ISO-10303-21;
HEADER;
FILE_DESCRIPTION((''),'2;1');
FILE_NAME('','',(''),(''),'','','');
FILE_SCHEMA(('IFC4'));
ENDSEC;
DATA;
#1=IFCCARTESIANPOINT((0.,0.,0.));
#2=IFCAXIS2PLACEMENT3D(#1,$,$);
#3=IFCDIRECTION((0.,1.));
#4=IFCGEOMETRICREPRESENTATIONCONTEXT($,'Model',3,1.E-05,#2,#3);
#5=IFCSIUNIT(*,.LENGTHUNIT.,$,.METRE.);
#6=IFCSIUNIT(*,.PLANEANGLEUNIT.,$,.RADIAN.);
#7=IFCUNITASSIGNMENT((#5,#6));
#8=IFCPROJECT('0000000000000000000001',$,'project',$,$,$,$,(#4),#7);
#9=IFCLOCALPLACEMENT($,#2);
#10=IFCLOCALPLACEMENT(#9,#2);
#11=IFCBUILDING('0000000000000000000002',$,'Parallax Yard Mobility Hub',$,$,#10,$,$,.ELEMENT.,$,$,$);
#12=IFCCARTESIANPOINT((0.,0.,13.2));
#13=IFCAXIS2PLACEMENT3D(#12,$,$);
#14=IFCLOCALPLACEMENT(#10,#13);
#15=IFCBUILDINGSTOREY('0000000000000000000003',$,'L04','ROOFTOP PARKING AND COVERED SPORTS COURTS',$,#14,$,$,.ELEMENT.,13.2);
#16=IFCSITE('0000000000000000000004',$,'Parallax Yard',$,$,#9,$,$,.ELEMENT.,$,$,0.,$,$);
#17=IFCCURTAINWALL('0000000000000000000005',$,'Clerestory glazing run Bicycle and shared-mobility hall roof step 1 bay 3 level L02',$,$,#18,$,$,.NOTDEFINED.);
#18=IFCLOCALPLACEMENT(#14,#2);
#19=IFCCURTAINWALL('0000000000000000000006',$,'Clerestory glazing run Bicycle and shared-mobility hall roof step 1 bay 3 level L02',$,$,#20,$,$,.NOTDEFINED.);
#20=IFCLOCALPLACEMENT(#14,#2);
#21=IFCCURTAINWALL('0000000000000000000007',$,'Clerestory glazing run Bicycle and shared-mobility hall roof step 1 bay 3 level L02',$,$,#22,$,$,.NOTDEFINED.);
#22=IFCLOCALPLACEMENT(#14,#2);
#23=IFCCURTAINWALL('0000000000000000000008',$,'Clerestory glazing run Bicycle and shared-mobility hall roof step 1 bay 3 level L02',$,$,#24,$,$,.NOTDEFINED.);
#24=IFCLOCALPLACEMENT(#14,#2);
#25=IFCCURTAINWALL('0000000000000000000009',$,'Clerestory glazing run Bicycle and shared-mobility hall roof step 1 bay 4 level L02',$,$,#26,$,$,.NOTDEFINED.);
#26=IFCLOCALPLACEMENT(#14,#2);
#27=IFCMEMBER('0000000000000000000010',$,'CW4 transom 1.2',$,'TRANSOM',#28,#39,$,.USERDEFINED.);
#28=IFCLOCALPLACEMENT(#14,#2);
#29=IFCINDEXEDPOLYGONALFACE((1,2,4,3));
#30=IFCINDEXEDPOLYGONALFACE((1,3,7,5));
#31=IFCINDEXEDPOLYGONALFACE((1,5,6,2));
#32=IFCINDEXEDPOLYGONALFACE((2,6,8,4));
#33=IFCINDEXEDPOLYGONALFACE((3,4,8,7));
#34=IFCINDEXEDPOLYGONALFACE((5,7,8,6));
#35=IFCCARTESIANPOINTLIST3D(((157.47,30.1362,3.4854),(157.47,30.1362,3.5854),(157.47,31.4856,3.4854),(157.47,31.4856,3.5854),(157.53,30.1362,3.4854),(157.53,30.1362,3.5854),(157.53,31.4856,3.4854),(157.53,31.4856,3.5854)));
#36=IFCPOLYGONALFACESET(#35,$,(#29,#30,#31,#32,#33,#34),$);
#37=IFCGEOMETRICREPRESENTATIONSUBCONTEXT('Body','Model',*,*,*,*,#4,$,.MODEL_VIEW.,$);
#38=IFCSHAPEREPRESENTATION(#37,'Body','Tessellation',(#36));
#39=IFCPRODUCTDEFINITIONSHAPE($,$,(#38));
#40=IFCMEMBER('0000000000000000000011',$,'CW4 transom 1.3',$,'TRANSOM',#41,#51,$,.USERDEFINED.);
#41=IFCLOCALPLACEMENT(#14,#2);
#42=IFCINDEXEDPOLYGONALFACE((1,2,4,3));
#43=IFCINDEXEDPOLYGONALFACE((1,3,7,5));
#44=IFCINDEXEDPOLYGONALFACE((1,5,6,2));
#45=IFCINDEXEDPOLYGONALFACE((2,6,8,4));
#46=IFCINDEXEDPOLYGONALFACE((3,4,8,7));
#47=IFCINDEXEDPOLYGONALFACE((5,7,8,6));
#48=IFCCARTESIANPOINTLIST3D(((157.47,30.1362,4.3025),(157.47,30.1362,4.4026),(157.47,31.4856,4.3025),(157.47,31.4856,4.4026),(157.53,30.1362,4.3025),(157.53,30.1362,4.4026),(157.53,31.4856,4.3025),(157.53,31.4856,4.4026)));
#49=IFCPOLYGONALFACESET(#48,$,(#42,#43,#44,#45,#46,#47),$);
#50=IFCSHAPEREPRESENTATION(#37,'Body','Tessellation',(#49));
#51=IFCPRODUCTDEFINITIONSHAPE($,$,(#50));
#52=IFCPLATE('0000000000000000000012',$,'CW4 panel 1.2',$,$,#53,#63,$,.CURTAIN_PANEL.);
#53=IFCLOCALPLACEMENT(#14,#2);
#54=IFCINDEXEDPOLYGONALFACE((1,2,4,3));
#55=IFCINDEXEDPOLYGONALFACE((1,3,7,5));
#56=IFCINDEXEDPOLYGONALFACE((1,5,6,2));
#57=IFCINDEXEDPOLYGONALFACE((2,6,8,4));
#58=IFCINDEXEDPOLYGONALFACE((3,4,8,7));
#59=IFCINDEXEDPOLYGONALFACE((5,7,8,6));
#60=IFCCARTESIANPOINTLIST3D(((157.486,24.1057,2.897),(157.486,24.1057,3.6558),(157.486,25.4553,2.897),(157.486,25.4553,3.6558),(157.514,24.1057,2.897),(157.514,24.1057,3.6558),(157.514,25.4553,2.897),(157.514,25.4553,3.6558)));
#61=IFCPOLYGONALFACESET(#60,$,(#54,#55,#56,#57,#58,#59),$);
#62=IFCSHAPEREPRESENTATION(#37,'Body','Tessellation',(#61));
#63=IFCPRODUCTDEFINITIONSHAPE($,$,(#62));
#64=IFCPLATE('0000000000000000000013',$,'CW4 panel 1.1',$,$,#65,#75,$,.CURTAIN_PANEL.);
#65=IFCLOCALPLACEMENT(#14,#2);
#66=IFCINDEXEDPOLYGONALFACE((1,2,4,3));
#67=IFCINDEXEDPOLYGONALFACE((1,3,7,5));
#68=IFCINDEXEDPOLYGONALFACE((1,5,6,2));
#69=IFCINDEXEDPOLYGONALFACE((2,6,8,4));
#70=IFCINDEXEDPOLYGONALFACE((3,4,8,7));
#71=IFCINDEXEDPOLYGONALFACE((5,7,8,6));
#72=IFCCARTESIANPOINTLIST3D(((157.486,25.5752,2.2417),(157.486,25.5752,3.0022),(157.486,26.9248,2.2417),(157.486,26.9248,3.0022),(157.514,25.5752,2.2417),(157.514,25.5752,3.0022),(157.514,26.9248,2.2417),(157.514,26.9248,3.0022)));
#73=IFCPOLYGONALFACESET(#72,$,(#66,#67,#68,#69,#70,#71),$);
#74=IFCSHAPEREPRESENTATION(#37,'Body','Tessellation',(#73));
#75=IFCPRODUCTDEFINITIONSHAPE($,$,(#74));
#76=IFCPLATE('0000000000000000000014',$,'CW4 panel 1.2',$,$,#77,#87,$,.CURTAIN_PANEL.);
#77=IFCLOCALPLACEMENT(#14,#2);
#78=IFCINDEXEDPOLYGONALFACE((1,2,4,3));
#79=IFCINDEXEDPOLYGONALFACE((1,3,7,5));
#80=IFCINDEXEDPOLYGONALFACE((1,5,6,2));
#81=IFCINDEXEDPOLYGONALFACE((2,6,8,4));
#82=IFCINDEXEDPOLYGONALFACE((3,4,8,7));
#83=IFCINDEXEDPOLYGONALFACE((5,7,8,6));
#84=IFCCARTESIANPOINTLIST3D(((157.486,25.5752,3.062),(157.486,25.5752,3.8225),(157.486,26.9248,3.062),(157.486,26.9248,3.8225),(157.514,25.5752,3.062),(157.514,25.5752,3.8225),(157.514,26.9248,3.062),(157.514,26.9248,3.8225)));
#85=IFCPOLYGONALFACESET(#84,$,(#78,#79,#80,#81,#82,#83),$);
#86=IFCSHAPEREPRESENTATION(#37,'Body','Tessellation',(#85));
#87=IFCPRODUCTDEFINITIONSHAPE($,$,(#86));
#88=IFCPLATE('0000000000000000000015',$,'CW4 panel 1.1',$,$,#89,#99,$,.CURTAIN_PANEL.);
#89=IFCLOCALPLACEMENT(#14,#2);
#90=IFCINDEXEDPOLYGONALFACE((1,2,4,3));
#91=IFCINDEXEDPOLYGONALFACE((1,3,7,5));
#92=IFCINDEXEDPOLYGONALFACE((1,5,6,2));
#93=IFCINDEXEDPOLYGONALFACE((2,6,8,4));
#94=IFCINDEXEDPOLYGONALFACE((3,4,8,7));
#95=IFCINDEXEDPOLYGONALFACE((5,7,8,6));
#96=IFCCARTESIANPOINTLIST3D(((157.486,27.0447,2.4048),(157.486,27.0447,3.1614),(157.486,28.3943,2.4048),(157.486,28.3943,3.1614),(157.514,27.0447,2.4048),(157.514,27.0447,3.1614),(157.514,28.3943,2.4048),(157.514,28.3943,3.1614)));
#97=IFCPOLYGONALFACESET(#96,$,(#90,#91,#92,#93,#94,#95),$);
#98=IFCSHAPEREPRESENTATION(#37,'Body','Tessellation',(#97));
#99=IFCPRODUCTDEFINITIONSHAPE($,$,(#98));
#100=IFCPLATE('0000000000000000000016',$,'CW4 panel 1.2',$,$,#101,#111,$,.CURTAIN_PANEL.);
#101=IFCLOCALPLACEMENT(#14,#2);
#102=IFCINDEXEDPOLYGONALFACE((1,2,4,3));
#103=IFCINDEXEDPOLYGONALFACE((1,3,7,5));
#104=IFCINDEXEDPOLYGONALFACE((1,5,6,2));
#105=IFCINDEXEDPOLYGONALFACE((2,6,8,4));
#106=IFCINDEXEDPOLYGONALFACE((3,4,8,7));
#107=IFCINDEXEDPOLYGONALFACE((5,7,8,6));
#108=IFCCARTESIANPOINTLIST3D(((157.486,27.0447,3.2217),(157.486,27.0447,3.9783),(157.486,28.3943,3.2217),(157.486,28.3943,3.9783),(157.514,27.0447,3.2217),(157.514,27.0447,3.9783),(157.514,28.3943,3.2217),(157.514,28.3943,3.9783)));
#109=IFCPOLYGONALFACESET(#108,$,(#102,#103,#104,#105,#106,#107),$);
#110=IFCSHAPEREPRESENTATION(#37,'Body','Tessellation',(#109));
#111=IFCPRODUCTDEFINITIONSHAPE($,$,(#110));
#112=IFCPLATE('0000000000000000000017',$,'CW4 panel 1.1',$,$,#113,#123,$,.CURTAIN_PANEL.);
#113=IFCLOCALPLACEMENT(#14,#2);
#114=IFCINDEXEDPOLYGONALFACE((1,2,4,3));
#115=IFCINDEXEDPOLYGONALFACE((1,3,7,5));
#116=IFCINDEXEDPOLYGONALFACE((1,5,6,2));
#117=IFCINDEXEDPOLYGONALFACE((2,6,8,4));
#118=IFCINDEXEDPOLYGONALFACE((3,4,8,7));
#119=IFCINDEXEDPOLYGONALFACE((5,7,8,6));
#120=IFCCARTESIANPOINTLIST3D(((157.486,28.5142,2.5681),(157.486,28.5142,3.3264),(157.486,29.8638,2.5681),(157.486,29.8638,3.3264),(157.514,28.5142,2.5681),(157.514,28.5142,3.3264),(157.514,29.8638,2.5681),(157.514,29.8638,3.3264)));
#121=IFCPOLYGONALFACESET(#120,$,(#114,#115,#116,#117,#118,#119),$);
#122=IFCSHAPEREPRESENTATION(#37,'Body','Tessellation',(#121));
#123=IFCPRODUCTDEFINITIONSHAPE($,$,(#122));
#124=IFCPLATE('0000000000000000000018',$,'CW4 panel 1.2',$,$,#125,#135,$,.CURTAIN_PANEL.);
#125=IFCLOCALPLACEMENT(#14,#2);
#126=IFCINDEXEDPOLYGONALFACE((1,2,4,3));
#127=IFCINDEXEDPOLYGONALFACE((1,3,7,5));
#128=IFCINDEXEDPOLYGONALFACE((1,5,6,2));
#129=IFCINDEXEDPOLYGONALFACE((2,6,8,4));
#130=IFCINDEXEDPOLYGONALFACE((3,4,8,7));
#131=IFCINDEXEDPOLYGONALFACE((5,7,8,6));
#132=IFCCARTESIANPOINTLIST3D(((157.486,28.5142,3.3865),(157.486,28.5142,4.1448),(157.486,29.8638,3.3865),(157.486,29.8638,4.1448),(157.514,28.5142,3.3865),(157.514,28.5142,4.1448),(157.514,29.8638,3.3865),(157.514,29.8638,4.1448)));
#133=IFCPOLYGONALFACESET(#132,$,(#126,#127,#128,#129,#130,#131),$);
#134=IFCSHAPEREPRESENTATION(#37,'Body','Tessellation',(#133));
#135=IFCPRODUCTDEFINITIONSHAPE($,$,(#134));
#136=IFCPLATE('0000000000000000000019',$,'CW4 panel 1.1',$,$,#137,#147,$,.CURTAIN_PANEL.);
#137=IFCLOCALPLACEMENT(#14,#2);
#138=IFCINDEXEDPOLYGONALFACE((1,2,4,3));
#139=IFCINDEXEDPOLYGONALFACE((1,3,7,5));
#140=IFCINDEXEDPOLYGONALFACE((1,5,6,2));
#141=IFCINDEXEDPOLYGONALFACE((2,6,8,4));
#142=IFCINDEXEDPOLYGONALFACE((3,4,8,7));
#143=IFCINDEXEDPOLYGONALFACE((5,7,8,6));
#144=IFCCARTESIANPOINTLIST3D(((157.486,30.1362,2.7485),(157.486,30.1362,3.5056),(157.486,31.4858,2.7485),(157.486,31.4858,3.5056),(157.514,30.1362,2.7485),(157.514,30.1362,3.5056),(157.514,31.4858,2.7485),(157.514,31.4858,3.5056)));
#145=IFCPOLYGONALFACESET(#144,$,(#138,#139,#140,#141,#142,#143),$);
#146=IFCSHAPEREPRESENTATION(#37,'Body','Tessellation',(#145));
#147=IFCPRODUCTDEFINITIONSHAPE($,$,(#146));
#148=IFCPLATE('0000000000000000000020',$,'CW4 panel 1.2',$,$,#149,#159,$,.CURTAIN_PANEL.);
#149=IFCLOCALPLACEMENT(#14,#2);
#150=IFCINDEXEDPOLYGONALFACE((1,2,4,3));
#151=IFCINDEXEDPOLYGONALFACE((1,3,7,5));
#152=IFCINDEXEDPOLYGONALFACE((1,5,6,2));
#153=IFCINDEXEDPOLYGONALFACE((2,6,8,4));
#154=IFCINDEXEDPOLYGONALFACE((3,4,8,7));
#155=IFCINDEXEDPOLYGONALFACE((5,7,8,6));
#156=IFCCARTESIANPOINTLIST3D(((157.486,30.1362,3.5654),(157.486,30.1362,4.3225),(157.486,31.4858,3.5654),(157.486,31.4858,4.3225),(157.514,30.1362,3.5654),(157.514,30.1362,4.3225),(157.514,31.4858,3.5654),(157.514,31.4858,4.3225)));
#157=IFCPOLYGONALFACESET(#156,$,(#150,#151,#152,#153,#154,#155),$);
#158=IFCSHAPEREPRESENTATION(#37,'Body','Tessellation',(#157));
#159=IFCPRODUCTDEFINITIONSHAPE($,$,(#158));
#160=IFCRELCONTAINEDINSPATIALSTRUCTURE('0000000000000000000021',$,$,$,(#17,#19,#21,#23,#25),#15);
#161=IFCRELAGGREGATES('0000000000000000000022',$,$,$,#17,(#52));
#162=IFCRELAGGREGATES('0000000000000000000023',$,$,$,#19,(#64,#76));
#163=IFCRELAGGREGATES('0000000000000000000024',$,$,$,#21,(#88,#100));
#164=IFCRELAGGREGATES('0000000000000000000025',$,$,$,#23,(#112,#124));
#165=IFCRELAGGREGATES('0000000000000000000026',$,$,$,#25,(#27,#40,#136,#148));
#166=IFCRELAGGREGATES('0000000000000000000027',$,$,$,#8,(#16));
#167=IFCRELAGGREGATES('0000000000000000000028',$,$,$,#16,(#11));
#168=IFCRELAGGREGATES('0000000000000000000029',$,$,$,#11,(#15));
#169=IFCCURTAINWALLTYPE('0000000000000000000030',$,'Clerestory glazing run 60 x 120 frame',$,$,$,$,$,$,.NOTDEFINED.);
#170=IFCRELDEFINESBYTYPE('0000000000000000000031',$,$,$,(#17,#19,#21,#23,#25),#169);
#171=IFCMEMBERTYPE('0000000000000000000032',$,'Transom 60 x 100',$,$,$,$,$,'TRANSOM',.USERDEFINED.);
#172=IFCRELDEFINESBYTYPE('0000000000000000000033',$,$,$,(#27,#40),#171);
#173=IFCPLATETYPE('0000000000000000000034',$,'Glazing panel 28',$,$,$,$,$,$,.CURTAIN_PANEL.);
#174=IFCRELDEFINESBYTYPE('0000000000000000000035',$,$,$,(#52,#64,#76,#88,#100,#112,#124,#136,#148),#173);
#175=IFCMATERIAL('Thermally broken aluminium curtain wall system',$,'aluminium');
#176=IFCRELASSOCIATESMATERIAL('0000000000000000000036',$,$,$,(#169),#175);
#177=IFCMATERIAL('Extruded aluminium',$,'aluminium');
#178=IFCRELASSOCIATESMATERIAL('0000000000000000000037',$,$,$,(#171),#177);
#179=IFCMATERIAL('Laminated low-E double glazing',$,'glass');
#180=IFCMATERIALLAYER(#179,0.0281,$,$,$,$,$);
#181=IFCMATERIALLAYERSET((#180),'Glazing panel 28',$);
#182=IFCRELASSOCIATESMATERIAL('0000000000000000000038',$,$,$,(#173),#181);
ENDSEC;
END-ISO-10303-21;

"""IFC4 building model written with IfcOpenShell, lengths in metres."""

from ifc_helpers import new_model, si_unit, direction, frame, origin, origin_2d, place, context, subcontext, project, spatial, rectangle, extrude, material, layer, layer_set, material_profile, profile_set, type_object, element, aggregate, save


model = new_model("IFC4")

# Units and contexts
model_context = context("Model", 3, precision=1e-05, world=origin(), true_north=direction((0.0, 1.0)))
body_context = subcontext(model_context, "Body", "Model", "MODEL_VIEW")
ifc_project = project(units=[si_unit("LENGTHUNIT", "METRE"), si_unit("PLANEANGLEUNIT", "RADIAN")], contexts=[model_context])

# Site, building, storey
site_placement = place(None, origin())
site = spatial("IfcSite", under=ifc_project, at=site_placement, Name="Parallax Yard", CompositionType="ELEMENT", RefElevation=0.0)
building_placement = place(site_placement, origin())
building = spatial("IfcBuilding", under=site, at=building_placement, Name="Parallax Yard Mobility Hub", CompositionType="ELEMENT")
storey_placement = place(building_placement, frame((0.0, 0.0, 13.2)))
storey = spatial("IfcBuildingStorey", under=building, at=storey_placement, Name="L04", Description="ROOFTOP PARKING AND COVERED SPORTS COURTS", CompositionType="ELEMENT", Elevation=13.2)

# Curtain wall
ifc_material_1 = material(Name="Thermally broken aluminium curtain wall system", Category="aluminium")
curtain_wall_type = type_object("IfcCurtainWallType", Name="Clerestory glazing run 60 x 120 frame", PredefinedType="NOTDEFINED", material=ifc_material_1)
curtain_wall_1_placement = place(storey_placement, origin())
curtain_wall_1 = element("IfcCurtainWall", 1, at=curtain_wall_1_placement, inside=storey, type_object=curtain_wall_type, Name="Clerestory glazing run Bicycle and shared-mobility hall roof step 1 bay 3 level L02", PredefinedType="NOTDEFINED")
ifc_material_2 = material(Name="Extruded aluminium", Category="aluminium")

# Curtain walls
curtain_wall_2_placement = place(storey_placement, origin())
curtain_wall_2 = element("IfcCurtainWall", 2, at=curtain_wall_2_placement, inside=storey, type_object=curtain_wall_type, Name="Clerestory glazing run Bicycle and shared-mobility hall roof step 1 bay 3 level L02", PredefinedType="NOTDEFINED")
curtain_wall_3_placement = place(storey_placement, origin())
curtain_wall_3 = element("IfcCurtainWall", 3, at=curtain_wall_3_placement, inside=storey, type_object=curtain_wall_type, Name="Clerestory glazing run Bicycle and shared-mobility hall roof step 1 bay 3 level L02", PredefinedType="NOTDEFINED")

# Curtain walls
curtain_wall_4_placement = place(storey_placement, origin())
curtain_wall_4 = element("IfcCurtainWall", 4, at=curtain_wall_4_placement, inside=storey, type_object=curtain_wall_type, Name="Clerestory glazing run Bicycle and shared-mobility hall roof step 1 bay 3 level L02", PredefinedType="NOTDEFINED")
curtain_wall_5_placement = place(storey_placement, origin())
curtain_wall_5 = element("IfcCurtainWall", 5, at=curtain_wall_5_placement, inside=storey, type_object=curtain_wall_type, Name="Clerestory glazing run Bicycle and shared-mobility hall roof step 1 bay 4 level L02", PredefinedType="NOTDEFINED")

# Members
ifc_material_profile_1 = material_profile(ifc_material_2, rectangle(XDim=0.0601, YDim=0.1001, at=origin_2d()), Name="Transom 60 x 100")
ifc_profile_set_1 = profile_set([ifc_material_profile_1], Name="Extruded aluminium")
member_type_1 = type_object("IfcMemberType", Name="Transom 60 x 100", ElementType="TRANSOM", PredefinedType="USERDEFINED", material=ifc_profile_set_1)
member_1_placement = place(storey_placement, frame((157.5, 30.1362, 3.5354), z_axis=(0.0, 1.0, 0.0), x_axis=(-1.0, 0.0, 0.0)))
member_1 = element("IfcMember", 6, at=member_1_placement, type_object=member_type_1, Name="CW4 transom 1.2", ObjectType="TRANSOM", PredefinedType="USERDEFINED", context=body_context, shape_type="SweptSolid", body=[
    extrude(rectangle(XDim=0.0601, YDim=0.1001, at=origin_2d()), origin(), (0.0, 0.0, 1.0), 1.3494),
])
member_2_placement = place(storey_placement, frame((157.5, 30.1362, 4.3525), z_axis=(0.0, 1.0, 0.0), x_axis=(-1.0, 0.0, 0.0)))
member_2 = element("IfcMember", 7, at=member_2_placement, type_object=member_type_1, Name="CW4 transom 1.3", ObjectType="TRANSOM", PredefinedType="USERDEFINED", context=body_context, shape_type="SweptSolid", body=[
    extrude(rectangle(XDim=0.0601, YDim=0.1001, at=origin_2d()), origin(), (0.0, 0.0, 1.0), 1.3494),
])

# Plates
ifc_material_3 = material(Name="Laminated low-E double glazing", Category="glass")
ifc_layer = layer(ifc_material_3, 0.0281)
ifc_layer_set = layer_set([ifc_layer], Name="Glazing panel 28")
plate_type = type_object("IfcPlateType", Name="Glazing panel 28", PredefinedType="CURTAIN_PANEL", material=ifc_layer_set)
plate_1_placement = place(storey_placement, frame((157.5, 24.7805, 2.897), z_axis=(0.0, 0.0, 1.0), x_axis=(0.0, 1.0, 0.0)))
plate_1 = element("IfcPlate", 8, at=plate_1_placement, type_object=plate_type, Name="CW4 panel 1.2", PredefinedType="CURTAIN_PANEL", context=body_context, shape_type="SweptSolid", body=[
    extrude(rectangle(XDim=1.3496, YDim=0.0281, at=origin_2d()), origin(), (0.0, 0.0, 1.0), 0.7588),
])
aggregate(curtain_wall_1, [plate_1])
plate_2_placement = place(storey_placement, frame((157.5, 26.25, 2.2417), z_axis=(0.0, 0.0, 1.0), x_axis=(0.0, 1.0, 0.0)))
plate_2 = element("IfcPlate", 9, at=plate_2_placement, type_object=plate_type, Name="CW4 panel 1.1", PredefinedType="CURTAIN_PANEL", context=body_context, shape_type="SweptSolid", body=[
    extrude(rectangle(XDim=1.3496, YDim=0.0281, at=origin_2d()), origin(), (0.0, 0.0, 1.0), 0.7605),
])
plate_3_placement = place(storey_placement, frame((157.5, 26.25, 3.062), z_axis=(0.0, 0.0, 1.0), x_axis=(0.0, 1.0, 0.0)))
plate_3 = element("IfcPlate", 10, at=plate_3_placement, type_object=plate_type, Name="CW4 panel 1.2", PredefinedType="CURTAIN_PANEL", context=body_context, shape_type="SweptSolid", body=[
    extrude(rectangle(XDim=1.3496, YDim=0.0281, at=origin_2d()), origin(), (0.0, 0.0, 1.0), 0.7605),
])
aggregate(curtain_wall_2, [plate_2, plate_3])
plate_4_placement = place(storey_placement, frame((157.5, 27.7195, 2.4048), z_axis=(0.0, 0.0, 1.0), x_axis=(0.0, 1.0, 0.0)))
plate_4 = element("IfcPlate", 11, at=plate_4_placement, type_object=plate_type, Name="CW4 panel 1.1", PredefinedType="CURTAIN_PANEL", context=body_context, shape_type="SweptSolid", body=[
    extrude(rectangle(XDim=1.3496, YDim=0.0281, at=origin_2d()), origin(), (0.0, 0.0, 1.0), 0.7566),
])
plate_5_placement = place(storey_placement, frame((157.5, 27.7195, 3.2217), z_axis=(0.0, 0.0, 1.0), x_axis=(0.0, 1.0, 0.0)))
plate_5 = element("IfcPlate", 12, at=plate_5_placement, type_object=plate_type, Name="CW4 panel 1.2", PredefinedType="CURTAIN_PANEL", context=body_context, shape_type="SweptSolid", body=[
    extrude(rectangle(XDim=1.3496, YDim=0.0281, at=origin_2d()), origin(), (0.0, 0.0, 1.0), 0.7566),
])
aggregate(curtain_wall_3, [plate_4, plate_5])
plate_6_placement = place(storey_placement, frame((157.5, 29.189, 2.5681), z_axis=(0.0, 0.0, 1.0), x_axis=(0.0, 1.0, 0.0)))
plate_6 = element("IfcPlate", 13, at=plate_6_placement, type_object=plate_type, Name="CW4 panel 1.1", PredefinedType="CURTAIN_PANEL", context=body_context, shape_type="SweptSolid", body=[
    extrude(rectangle(XDim=1.3496, YDim=0.0281, at=origin_2d()), origin(), (0.0, 0.0, 1.0), 0.7583),
])
plate_7_placement = place(storey_placement, frame((157.5, 29.189, 3.3865), z_axis=(0.0, 0.0, 1.0), x_axis=(0.0, 1.0, 0.0)))
plate_7 = element("IfcPlate", 14, at=plate_7_placement, type_object=plate_type, Name="CW4 panel 1.2", PredefinedType="CURTAIN_PANEL", context=body_context, shape_type="SweptSolid", body=[
    extrude(rectangle(XDim=1.3496, YDim=0.0281, at=origin_2d()), origin(), (0.0, 0.0, 1.0), 0.7583),
])
aggregate(curtain_wall_4, [plate_6, plate_7])
plate_8_placement = place(storey_placement, frame((157.5, 30.811, 2.7485), z_axis=(0.0, 0.0, 1.0), x_axis=(0.0, 1.0, 0.0)))
plate_8 = element("IfcPlate", 15, at=plate_8_placement, type_object=plate_type, Name="CW4 panel 1.1", PredefinedType="CURTAIN_PANEL", context=body_context, shape_type="SweptSolid", body=[
    extrude(rectangle(XDim=1.3496, YDim=0.0281, at=origin_2d()), origin(), (0.0, 0.0, 1.0), 0.7571),
])
plate_9_placement = place(storey_placement, frame((157.5, 30.811, 3.5654), z_axis=(0.0, 0.0, 1.0), x_axis=(0.0, 1.0, 0.0)))
plate_9 = element("IfcPlate", 16, at=plate_9_placement, type_object=plate_type, Name="CW4 panel 1.2", PredefinedType="CURTAIN_PANEL", context=body_context, shape_type="SweptSolid", body=[
    extrude(rectangle(XDim=1.3496, YDim=0.0281, at=origin_2d()), origin(), (0.0, 0.0, 1.0), 0.7571),
])
aggregate(curtain_wall_5, [member_1, member_2, plate_8, plate_9])

save(model, "model.ifc")
